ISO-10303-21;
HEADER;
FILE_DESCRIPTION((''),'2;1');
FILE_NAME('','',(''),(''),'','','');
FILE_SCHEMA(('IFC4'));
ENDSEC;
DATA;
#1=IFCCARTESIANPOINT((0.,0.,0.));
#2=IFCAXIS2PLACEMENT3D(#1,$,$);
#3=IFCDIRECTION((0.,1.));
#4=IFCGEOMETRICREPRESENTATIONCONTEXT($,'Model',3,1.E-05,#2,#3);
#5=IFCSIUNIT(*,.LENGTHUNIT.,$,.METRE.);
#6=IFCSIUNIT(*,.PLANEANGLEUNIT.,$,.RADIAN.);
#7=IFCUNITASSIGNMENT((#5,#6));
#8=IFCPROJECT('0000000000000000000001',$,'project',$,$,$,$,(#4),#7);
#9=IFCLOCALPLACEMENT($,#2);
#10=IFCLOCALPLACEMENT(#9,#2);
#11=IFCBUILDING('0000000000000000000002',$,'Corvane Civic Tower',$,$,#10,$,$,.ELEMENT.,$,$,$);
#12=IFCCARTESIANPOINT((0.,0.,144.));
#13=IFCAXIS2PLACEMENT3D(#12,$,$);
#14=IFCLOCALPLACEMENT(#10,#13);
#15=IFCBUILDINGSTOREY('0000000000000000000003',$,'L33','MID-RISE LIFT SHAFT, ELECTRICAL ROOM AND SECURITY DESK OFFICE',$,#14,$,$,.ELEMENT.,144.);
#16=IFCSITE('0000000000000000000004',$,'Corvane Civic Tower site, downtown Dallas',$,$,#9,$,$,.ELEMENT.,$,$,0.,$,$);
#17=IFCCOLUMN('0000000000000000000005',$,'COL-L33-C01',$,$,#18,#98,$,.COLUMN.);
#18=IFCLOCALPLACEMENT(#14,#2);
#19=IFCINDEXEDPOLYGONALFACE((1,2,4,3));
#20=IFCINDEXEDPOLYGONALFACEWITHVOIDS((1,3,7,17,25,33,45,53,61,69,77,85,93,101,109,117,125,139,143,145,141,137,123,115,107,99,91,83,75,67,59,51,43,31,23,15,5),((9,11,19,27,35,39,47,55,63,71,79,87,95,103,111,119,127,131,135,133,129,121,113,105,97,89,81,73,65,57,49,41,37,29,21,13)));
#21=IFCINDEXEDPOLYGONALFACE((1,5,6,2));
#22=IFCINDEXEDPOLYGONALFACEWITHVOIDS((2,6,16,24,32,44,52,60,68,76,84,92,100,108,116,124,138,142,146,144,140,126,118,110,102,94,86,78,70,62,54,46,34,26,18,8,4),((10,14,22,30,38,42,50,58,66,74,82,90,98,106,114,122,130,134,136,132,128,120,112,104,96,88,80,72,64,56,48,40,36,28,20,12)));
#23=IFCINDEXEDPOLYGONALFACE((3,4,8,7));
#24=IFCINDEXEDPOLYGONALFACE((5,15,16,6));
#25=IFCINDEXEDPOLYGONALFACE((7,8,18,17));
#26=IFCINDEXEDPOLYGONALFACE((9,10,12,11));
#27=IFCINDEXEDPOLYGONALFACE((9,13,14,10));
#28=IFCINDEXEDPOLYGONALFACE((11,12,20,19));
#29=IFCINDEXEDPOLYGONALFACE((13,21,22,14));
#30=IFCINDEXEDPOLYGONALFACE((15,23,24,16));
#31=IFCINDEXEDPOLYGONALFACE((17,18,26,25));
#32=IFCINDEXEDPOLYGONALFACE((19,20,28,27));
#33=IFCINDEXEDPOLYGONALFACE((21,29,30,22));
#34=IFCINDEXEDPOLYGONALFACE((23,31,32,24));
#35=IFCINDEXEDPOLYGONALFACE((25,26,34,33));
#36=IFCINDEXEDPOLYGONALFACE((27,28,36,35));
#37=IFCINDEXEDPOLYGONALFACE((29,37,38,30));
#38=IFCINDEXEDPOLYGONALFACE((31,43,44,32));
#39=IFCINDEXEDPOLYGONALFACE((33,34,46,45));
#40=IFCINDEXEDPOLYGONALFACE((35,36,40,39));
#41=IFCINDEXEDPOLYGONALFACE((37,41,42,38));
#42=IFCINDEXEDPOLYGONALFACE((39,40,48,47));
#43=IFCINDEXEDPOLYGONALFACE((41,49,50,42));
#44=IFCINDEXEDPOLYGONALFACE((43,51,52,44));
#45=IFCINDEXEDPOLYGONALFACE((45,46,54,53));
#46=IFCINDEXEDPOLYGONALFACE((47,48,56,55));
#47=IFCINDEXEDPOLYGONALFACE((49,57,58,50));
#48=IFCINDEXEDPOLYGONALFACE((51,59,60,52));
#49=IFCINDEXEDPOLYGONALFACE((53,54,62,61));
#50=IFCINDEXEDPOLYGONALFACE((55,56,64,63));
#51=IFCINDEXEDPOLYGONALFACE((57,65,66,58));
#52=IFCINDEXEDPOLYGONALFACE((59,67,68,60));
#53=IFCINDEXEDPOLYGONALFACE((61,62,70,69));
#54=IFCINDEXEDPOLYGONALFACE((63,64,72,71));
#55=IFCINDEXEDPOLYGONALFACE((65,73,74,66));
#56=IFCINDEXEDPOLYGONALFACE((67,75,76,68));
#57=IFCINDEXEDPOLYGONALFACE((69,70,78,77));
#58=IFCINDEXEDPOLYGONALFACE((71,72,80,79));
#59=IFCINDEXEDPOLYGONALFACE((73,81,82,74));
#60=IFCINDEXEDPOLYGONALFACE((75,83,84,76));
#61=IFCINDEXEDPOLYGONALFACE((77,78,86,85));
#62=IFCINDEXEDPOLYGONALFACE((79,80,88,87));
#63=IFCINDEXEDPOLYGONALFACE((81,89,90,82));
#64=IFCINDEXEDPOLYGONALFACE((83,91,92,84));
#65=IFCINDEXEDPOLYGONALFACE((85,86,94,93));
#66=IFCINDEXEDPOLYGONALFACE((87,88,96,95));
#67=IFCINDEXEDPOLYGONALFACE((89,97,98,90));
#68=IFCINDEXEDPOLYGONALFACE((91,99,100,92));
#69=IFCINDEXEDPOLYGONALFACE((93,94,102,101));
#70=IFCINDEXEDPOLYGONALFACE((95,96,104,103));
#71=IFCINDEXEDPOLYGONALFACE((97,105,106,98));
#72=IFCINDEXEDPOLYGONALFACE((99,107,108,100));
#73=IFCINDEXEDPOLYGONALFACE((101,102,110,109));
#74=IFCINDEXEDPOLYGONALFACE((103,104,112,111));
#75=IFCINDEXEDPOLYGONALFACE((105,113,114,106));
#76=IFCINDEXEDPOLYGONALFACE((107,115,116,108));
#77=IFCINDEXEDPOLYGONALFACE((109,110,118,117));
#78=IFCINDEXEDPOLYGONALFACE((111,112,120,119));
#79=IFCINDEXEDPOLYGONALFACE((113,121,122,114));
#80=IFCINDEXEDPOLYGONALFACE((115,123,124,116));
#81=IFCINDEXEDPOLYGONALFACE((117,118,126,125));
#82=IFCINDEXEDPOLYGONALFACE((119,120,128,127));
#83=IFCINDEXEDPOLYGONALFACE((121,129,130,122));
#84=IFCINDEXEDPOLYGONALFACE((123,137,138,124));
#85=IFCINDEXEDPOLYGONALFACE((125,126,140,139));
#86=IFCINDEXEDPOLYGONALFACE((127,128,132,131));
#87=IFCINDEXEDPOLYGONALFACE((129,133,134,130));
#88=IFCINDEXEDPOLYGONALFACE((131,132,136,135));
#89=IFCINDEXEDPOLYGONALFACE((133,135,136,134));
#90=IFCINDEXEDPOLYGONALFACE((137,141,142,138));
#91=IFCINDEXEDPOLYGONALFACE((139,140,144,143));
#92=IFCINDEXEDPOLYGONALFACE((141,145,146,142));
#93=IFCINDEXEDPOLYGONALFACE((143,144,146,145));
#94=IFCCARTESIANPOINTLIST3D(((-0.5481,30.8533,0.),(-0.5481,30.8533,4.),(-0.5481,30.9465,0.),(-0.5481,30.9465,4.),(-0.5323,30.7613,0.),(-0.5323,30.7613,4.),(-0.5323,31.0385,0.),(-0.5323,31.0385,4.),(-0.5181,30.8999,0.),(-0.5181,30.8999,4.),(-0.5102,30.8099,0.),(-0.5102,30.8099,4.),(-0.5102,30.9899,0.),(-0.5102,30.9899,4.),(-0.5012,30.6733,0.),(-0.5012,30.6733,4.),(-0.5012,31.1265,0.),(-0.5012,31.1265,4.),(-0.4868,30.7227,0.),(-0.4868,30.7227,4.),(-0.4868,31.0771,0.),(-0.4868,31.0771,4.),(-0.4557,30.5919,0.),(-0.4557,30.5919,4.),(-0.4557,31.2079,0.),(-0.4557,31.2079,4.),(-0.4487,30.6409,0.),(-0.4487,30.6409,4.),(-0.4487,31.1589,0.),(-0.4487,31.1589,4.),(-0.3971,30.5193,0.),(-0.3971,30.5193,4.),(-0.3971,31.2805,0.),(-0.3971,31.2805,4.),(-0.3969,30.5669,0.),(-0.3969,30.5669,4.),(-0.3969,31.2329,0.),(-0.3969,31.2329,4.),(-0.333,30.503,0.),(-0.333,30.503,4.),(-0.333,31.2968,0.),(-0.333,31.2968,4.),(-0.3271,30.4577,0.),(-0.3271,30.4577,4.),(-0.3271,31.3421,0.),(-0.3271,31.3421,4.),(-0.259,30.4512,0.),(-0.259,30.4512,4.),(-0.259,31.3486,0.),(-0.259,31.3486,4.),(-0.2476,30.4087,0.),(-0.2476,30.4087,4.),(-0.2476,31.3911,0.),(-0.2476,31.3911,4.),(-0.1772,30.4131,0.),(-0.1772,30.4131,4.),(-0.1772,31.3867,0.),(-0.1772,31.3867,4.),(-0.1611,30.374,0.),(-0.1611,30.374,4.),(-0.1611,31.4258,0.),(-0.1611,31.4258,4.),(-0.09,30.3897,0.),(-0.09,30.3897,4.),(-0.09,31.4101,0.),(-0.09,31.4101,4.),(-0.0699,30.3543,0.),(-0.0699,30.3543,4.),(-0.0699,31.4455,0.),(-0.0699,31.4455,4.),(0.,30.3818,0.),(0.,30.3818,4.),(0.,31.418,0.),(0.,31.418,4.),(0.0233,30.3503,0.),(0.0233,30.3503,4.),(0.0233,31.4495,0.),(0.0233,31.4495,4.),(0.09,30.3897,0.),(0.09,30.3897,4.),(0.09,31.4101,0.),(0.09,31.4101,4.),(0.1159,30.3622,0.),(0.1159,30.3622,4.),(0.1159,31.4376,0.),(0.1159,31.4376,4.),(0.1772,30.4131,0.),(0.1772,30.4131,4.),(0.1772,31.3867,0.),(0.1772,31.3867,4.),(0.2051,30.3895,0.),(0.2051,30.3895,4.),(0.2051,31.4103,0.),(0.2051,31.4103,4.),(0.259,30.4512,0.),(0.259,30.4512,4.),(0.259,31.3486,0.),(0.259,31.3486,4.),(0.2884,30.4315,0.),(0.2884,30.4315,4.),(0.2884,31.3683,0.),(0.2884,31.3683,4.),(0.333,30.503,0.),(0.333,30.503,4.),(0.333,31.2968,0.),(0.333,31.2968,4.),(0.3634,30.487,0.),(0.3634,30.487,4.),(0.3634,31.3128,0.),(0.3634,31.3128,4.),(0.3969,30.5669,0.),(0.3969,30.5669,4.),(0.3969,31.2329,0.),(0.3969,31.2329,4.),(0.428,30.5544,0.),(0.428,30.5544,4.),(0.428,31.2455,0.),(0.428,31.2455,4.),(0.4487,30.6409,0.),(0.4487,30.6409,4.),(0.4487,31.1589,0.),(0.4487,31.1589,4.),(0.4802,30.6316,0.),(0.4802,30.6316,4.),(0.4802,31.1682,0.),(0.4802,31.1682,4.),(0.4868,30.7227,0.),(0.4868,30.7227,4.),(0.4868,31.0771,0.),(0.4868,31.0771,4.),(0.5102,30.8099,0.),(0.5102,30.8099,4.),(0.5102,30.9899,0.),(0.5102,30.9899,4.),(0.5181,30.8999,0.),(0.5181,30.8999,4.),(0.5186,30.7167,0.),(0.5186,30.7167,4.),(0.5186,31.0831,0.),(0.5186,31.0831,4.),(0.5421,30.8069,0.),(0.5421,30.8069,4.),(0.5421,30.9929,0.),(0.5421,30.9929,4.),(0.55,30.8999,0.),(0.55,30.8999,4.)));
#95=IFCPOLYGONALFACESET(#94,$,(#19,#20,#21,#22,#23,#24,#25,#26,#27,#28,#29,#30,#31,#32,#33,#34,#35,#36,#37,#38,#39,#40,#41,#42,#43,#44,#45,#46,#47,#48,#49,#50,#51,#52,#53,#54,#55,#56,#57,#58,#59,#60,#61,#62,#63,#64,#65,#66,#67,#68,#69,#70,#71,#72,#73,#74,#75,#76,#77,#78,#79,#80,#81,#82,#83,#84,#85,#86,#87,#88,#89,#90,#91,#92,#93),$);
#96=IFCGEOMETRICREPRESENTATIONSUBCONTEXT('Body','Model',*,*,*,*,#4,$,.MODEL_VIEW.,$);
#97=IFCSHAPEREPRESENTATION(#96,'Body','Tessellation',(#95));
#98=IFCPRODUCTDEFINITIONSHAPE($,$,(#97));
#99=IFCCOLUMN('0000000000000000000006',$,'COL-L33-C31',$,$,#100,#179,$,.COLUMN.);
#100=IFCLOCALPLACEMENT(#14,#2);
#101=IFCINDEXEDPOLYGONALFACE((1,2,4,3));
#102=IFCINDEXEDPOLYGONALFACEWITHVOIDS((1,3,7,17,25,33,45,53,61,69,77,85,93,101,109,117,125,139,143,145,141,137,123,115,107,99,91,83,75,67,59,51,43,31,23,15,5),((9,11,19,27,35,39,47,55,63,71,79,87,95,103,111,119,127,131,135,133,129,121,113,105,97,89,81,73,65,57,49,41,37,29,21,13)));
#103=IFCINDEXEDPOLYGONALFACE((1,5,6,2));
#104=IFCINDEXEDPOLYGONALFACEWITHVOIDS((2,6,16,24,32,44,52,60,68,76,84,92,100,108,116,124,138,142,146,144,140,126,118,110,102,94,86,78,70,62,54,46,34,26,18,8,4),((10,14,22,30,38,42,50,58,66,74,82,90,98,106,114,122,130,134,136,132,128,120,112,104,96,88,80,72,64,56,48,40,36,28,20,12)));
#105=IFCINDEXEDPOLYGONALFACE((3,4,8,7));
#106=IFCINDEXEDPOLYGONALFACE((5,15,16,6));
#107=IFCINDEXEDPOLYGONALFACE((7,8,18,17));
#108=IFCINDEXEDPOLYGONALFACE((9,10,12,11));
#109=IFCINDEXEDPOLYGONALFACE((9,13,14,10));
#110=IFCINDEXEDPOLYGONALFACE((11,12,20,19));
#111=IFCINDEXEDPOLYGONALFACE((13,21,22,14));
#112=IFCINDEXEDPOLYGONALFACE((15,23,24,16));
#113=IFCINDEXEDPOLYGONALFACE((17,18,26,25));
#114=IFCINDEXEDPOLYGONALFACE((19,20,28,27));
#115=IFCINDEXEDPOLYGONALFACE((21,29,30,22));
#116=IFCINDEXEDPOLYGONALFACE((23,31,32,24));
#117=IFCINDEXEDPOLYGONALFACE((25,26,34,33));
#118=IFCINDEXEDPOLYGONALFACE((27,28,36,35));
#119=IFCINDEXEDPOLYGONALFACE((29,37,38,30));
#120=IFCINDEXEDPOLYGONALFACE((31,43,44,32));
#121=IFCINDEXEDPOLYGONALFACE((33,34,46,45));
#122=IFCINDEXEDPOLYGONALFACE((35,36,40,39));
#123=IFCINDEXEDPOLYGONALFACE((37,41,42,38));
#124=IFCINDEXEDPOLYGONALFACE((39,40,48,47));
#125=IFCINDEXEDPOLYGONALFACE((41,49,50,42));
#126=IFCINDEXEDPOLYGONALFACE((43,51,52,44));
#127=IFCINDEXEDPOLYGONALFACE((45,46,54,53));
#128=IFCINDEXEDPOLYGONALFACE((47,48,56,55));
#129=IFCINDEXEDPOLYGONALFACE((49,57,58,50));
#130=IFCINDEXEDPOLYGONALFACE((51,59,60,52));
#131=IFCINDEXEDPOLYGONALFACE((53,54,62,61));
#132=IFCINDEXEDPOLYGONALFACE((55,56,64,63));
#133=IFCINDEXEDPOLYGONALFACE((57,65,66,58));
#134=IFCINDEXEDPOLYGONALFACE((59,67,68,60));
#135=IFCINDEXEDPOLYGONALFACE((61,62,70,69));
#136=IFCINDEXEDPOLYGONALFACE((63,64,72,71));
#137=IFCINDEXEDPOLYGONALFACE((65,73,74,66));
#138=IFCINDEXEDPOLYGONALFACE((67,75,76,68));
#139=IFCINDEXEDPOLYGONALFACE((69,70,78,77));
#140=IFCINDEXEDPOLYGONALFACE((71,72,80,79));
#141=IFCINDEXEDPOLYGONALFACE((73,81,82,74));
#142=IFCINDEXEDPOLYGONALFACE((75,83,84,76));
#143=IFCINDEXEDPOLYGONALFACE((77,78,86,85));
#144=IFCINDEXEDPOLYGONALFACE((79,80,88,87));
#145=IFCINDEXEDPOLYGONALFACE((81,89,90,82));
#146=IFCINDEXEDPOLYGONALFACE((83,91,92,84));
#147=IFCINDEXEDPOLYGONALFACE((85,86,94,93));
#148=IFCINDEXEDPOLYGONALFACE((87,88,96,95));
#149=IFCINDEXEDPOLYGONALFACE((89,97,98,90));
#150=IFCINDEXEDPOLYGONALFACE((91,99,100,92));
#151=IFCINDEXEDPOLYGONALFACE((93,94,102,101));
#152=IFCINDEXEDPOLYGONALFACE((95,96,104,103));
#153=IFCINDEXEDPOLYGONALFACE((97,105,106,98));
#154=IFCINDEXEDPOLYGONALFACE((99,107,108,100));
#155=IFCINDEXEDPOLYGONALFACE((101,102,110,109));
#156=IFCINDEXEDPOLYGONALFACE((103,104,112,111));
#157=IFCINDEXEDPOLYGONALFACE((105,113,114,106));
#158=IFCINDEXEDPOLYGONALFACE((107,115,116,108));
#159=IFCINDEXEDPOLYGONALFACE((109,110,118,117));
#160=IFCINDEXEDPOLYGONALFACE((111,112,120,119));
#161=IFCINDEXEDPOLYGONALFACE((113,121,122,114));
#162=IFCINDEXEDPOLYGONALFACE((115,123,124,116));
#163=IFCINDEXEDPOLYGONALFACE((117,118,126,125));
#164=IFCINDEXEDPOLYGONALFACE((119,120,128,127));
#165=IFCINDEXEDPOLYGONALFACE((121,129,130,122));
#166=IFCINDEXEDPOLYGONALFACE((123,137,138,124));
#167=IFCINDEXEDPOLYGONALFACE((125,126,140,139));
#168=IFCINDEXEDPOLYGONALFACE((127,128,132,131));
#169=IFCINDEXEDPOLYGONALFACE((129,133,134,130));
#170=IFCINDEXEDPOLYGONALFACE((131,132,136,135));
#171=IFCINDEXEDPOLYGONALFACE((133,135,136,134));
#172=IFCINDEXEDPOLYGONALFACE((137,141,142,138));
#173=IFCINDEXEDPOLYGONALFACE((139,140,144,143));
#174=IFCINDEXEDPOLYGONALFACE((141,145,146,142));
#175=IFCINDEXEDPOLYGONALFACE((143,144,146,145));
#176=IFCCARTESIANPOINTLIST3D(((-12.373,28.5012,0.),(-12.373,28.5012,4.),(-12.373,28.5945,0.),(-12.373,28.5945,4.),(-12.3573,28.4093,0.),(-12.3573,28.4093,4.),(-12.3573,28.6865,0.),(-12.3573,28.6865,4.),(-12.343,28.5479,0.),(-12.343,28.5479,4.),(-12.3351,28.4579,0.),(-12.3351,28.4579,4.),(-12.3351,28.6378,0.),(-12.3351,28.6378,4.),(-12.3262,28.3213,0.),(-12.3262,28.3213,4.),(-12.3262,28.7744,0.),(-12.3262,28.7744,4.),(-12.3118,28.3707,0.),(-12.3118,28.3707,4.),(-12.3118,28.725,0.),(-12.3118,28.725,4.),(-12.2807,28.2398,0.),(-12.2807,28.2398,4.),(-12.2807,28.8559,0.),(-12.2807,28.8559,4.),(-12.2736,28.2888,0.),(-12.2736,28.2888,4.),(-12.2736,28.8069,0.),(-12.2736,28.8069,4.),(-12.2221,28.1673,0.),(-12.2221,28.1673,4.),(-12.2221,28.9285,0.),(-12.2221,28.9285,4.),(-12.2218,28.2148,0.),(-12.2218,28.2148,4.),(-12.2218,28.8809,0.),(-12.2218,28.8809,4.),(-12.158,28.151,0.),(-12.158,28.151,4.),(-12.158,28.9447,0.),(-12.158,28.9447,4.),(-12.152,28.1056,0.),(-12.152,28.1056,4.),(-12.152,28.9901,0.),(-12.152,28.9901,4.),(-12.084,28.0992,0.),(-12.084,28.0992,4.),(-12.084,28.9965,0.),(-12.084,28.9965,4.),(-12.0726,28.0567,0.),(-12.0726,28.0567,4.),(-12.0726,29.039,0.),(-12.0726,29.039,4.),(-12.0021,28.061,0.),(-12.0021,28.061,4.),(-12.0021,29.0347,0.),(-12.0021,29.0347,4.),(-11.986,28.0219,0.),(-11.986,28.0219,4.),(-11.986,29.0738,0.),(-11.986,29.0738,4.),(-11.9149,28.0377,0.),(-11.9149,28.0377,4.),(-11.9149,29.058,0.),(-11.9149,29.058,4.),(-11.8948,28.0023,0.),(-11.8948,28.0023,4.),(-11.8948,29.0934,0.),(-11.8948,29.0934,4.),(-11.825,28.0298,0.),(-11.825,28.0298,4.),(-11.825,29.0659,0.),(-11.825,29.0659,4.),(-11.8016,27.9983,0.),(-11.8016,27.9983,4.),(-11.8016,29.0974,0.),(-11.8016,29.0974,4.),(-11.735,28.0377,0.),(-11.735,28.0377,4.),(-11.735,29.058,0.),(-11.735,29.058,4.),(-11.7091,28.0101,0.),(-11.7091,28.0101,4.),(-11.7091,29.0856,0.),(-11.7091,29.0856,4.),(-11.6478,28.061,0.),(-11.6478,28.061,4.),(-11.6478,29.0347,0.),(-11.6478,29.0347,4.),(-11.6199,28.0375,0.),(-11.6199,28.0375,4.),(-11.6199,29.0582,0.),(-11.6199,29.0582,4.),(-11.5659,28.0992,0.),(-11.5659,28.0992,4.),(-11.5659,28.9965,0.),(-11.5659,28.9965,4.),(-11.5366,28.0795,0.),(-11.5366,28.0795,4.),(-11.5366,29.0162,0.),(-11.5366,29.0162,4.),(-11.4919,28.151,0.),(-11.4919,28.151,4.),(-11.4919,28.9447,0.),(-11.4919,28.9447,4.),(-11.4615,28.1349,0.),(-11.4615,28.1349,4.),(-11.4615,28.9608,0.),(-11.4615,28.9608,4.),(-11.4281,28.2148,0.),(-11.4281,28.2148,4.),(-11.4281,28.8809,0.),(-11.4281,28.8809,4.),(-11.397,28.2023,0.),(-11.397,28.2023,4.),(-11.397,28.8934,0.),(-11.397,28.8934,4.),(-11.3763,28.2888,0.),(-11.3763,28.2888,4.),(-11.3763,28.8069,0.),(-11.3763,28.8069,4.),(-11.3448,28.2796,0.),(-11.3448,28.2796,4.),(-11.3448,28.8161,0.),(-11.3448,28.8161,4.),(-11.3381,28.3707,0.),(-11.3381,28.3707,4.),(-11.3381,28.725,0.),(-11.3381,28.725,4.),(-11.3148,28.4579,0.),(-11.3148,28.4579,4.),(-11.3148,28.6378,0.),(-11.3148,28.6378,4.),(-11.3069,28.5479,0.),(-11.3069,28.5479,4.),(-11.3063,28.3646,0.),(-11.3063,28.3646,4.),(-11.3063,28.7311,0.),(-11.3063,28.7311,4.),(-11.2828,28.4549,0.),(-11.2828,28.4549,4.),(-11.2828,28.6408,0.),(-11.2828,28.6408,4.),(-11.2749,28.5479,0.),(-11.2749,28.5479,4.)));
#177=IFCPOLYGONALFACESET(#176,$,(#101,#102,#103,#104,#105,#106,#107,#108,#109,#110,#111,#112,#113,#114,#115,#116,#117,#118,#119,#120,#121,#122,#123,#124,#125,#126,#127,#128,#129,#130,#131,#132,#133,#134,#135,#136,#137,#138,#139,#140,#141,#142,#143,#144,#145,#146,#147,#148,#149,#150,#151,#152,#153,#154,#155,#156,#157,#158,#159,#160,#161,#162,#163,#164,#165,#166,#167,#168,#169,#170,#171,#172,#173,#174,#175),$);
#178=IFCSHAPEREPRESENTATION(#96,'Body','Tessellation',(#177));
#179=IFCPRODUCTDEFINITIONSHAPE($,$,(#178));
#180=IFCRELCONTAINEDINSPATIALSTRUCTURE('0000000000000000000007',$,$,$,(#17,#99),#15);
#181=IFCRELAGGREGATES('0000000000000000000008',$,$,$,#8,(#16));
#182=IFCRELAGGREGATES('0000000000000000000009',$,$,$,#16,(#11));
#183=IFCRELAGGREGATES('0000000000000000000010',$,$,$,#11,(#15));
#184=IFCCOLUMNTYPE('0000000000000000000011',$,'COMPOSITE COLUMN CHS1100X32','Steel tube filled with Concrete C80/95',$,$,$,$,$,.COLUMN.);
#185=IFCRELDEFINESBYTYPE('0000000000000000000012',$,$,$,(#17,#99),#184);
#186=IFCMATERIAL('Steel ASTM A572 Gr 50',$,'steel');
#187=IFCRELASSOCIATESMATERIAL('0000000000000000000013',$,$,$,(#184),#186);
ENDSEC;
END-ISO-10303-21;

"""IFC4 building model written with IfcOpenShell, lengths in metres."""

from ifc_helpers import new_model, si_unit, direction, frame, origin, origin_2d, place, context, subcontext, project, spatial, hollow_circle, extrude, material, material_profile, profile_set, type_object, element, save


model = new_model("IFC4")

# Units and contexts
model_context = context("Model", 3, precision=1e-05, world=origin(), true_north=direction((0.0, 1.0)))
body_context = subcontext(model_context, "Body", "Model", "MODEL_VIEW")
ifc_project = project(units=[si_unit("LENGTHUNIT", "METRE"), si_unit("PLANEANGLEUNIT", "RADIAN")], contexts=[model_context])

# Site, building, storey
site_placement = place(None, origin())
site = spatial("IfcSite", under=ifc_project, at=site_placement, Name="Corvane Civic Tower site, downtown Dallas", CompositionType="ELEMENT", RefElevation=0.0)
building_placement = place(site_placement, origin())
building = spatial("IfcBuilding", under=site, at=building_placement, Name="Corvane Civic Tower", CompositionType="ELEMENT")
storey_placement = place(building_placement, frame((0.0, 0.0, 144.0)))
storey = spatial("IfcBuildingStorey", under=building, at=storey_placement, Name="L33", Description="MID-RISE LIFT SHAFT, ELECTRICAL ROOM AND SECURITY DESK OFFICE", CompositionType="ELEMENT", Elevation=144.0)

# Columns
ifc_material_1 = material(Name="Steel ASTM A572 Gr 50", Category="steel")
ifc_material_profile_1 = material_profile(ifc_material_1, hollow_circle(Radius=0.55, WallThickness=0.032, at=origin_2d()), Name="CHS1100X32")
ifc_profile_set_1 = profile_set([ifc_material_profile_1], Name="Steel ASTM A572 Gr 50")
column_type = type_object("IfcColumnType", Name="COMPOSITE COLUMN CHS1100X32", Description="Steel tube filled with Concrete C80/95", PredefinedType="COLUMN", material=ifc_profile_set_1)
for number, where, z_axis, x_axis, name in (
    (1, (0.0, 30.8999, 0.0), (0.0, 0.0, 1.0), (1.0, 0.0, 0.0), "COL-L33-C01"),
    (2, (-11.825, 28.5479, 0.0), (0.0, 0.0, 1.0), (1.0, 0.0, 0.0), "COL-L33-C31"),
):
    element("IfcColumn", number, at=place(storey_placement, frame(where, z_axis=z_axis, x_axis=x_axis)), inside=storey, type_object=column_type, Name=name, PredefinedType="COLUMN", context=body_context, shape_type="SweptSolid", body=[
        extrude(hollow_circle(Radius=0.55, WallThickness=0.032, at=origin_2d()), origin(), (0.0, 0.0, 1.0), 4.0),
    ])

save(model, "model.ifc")
